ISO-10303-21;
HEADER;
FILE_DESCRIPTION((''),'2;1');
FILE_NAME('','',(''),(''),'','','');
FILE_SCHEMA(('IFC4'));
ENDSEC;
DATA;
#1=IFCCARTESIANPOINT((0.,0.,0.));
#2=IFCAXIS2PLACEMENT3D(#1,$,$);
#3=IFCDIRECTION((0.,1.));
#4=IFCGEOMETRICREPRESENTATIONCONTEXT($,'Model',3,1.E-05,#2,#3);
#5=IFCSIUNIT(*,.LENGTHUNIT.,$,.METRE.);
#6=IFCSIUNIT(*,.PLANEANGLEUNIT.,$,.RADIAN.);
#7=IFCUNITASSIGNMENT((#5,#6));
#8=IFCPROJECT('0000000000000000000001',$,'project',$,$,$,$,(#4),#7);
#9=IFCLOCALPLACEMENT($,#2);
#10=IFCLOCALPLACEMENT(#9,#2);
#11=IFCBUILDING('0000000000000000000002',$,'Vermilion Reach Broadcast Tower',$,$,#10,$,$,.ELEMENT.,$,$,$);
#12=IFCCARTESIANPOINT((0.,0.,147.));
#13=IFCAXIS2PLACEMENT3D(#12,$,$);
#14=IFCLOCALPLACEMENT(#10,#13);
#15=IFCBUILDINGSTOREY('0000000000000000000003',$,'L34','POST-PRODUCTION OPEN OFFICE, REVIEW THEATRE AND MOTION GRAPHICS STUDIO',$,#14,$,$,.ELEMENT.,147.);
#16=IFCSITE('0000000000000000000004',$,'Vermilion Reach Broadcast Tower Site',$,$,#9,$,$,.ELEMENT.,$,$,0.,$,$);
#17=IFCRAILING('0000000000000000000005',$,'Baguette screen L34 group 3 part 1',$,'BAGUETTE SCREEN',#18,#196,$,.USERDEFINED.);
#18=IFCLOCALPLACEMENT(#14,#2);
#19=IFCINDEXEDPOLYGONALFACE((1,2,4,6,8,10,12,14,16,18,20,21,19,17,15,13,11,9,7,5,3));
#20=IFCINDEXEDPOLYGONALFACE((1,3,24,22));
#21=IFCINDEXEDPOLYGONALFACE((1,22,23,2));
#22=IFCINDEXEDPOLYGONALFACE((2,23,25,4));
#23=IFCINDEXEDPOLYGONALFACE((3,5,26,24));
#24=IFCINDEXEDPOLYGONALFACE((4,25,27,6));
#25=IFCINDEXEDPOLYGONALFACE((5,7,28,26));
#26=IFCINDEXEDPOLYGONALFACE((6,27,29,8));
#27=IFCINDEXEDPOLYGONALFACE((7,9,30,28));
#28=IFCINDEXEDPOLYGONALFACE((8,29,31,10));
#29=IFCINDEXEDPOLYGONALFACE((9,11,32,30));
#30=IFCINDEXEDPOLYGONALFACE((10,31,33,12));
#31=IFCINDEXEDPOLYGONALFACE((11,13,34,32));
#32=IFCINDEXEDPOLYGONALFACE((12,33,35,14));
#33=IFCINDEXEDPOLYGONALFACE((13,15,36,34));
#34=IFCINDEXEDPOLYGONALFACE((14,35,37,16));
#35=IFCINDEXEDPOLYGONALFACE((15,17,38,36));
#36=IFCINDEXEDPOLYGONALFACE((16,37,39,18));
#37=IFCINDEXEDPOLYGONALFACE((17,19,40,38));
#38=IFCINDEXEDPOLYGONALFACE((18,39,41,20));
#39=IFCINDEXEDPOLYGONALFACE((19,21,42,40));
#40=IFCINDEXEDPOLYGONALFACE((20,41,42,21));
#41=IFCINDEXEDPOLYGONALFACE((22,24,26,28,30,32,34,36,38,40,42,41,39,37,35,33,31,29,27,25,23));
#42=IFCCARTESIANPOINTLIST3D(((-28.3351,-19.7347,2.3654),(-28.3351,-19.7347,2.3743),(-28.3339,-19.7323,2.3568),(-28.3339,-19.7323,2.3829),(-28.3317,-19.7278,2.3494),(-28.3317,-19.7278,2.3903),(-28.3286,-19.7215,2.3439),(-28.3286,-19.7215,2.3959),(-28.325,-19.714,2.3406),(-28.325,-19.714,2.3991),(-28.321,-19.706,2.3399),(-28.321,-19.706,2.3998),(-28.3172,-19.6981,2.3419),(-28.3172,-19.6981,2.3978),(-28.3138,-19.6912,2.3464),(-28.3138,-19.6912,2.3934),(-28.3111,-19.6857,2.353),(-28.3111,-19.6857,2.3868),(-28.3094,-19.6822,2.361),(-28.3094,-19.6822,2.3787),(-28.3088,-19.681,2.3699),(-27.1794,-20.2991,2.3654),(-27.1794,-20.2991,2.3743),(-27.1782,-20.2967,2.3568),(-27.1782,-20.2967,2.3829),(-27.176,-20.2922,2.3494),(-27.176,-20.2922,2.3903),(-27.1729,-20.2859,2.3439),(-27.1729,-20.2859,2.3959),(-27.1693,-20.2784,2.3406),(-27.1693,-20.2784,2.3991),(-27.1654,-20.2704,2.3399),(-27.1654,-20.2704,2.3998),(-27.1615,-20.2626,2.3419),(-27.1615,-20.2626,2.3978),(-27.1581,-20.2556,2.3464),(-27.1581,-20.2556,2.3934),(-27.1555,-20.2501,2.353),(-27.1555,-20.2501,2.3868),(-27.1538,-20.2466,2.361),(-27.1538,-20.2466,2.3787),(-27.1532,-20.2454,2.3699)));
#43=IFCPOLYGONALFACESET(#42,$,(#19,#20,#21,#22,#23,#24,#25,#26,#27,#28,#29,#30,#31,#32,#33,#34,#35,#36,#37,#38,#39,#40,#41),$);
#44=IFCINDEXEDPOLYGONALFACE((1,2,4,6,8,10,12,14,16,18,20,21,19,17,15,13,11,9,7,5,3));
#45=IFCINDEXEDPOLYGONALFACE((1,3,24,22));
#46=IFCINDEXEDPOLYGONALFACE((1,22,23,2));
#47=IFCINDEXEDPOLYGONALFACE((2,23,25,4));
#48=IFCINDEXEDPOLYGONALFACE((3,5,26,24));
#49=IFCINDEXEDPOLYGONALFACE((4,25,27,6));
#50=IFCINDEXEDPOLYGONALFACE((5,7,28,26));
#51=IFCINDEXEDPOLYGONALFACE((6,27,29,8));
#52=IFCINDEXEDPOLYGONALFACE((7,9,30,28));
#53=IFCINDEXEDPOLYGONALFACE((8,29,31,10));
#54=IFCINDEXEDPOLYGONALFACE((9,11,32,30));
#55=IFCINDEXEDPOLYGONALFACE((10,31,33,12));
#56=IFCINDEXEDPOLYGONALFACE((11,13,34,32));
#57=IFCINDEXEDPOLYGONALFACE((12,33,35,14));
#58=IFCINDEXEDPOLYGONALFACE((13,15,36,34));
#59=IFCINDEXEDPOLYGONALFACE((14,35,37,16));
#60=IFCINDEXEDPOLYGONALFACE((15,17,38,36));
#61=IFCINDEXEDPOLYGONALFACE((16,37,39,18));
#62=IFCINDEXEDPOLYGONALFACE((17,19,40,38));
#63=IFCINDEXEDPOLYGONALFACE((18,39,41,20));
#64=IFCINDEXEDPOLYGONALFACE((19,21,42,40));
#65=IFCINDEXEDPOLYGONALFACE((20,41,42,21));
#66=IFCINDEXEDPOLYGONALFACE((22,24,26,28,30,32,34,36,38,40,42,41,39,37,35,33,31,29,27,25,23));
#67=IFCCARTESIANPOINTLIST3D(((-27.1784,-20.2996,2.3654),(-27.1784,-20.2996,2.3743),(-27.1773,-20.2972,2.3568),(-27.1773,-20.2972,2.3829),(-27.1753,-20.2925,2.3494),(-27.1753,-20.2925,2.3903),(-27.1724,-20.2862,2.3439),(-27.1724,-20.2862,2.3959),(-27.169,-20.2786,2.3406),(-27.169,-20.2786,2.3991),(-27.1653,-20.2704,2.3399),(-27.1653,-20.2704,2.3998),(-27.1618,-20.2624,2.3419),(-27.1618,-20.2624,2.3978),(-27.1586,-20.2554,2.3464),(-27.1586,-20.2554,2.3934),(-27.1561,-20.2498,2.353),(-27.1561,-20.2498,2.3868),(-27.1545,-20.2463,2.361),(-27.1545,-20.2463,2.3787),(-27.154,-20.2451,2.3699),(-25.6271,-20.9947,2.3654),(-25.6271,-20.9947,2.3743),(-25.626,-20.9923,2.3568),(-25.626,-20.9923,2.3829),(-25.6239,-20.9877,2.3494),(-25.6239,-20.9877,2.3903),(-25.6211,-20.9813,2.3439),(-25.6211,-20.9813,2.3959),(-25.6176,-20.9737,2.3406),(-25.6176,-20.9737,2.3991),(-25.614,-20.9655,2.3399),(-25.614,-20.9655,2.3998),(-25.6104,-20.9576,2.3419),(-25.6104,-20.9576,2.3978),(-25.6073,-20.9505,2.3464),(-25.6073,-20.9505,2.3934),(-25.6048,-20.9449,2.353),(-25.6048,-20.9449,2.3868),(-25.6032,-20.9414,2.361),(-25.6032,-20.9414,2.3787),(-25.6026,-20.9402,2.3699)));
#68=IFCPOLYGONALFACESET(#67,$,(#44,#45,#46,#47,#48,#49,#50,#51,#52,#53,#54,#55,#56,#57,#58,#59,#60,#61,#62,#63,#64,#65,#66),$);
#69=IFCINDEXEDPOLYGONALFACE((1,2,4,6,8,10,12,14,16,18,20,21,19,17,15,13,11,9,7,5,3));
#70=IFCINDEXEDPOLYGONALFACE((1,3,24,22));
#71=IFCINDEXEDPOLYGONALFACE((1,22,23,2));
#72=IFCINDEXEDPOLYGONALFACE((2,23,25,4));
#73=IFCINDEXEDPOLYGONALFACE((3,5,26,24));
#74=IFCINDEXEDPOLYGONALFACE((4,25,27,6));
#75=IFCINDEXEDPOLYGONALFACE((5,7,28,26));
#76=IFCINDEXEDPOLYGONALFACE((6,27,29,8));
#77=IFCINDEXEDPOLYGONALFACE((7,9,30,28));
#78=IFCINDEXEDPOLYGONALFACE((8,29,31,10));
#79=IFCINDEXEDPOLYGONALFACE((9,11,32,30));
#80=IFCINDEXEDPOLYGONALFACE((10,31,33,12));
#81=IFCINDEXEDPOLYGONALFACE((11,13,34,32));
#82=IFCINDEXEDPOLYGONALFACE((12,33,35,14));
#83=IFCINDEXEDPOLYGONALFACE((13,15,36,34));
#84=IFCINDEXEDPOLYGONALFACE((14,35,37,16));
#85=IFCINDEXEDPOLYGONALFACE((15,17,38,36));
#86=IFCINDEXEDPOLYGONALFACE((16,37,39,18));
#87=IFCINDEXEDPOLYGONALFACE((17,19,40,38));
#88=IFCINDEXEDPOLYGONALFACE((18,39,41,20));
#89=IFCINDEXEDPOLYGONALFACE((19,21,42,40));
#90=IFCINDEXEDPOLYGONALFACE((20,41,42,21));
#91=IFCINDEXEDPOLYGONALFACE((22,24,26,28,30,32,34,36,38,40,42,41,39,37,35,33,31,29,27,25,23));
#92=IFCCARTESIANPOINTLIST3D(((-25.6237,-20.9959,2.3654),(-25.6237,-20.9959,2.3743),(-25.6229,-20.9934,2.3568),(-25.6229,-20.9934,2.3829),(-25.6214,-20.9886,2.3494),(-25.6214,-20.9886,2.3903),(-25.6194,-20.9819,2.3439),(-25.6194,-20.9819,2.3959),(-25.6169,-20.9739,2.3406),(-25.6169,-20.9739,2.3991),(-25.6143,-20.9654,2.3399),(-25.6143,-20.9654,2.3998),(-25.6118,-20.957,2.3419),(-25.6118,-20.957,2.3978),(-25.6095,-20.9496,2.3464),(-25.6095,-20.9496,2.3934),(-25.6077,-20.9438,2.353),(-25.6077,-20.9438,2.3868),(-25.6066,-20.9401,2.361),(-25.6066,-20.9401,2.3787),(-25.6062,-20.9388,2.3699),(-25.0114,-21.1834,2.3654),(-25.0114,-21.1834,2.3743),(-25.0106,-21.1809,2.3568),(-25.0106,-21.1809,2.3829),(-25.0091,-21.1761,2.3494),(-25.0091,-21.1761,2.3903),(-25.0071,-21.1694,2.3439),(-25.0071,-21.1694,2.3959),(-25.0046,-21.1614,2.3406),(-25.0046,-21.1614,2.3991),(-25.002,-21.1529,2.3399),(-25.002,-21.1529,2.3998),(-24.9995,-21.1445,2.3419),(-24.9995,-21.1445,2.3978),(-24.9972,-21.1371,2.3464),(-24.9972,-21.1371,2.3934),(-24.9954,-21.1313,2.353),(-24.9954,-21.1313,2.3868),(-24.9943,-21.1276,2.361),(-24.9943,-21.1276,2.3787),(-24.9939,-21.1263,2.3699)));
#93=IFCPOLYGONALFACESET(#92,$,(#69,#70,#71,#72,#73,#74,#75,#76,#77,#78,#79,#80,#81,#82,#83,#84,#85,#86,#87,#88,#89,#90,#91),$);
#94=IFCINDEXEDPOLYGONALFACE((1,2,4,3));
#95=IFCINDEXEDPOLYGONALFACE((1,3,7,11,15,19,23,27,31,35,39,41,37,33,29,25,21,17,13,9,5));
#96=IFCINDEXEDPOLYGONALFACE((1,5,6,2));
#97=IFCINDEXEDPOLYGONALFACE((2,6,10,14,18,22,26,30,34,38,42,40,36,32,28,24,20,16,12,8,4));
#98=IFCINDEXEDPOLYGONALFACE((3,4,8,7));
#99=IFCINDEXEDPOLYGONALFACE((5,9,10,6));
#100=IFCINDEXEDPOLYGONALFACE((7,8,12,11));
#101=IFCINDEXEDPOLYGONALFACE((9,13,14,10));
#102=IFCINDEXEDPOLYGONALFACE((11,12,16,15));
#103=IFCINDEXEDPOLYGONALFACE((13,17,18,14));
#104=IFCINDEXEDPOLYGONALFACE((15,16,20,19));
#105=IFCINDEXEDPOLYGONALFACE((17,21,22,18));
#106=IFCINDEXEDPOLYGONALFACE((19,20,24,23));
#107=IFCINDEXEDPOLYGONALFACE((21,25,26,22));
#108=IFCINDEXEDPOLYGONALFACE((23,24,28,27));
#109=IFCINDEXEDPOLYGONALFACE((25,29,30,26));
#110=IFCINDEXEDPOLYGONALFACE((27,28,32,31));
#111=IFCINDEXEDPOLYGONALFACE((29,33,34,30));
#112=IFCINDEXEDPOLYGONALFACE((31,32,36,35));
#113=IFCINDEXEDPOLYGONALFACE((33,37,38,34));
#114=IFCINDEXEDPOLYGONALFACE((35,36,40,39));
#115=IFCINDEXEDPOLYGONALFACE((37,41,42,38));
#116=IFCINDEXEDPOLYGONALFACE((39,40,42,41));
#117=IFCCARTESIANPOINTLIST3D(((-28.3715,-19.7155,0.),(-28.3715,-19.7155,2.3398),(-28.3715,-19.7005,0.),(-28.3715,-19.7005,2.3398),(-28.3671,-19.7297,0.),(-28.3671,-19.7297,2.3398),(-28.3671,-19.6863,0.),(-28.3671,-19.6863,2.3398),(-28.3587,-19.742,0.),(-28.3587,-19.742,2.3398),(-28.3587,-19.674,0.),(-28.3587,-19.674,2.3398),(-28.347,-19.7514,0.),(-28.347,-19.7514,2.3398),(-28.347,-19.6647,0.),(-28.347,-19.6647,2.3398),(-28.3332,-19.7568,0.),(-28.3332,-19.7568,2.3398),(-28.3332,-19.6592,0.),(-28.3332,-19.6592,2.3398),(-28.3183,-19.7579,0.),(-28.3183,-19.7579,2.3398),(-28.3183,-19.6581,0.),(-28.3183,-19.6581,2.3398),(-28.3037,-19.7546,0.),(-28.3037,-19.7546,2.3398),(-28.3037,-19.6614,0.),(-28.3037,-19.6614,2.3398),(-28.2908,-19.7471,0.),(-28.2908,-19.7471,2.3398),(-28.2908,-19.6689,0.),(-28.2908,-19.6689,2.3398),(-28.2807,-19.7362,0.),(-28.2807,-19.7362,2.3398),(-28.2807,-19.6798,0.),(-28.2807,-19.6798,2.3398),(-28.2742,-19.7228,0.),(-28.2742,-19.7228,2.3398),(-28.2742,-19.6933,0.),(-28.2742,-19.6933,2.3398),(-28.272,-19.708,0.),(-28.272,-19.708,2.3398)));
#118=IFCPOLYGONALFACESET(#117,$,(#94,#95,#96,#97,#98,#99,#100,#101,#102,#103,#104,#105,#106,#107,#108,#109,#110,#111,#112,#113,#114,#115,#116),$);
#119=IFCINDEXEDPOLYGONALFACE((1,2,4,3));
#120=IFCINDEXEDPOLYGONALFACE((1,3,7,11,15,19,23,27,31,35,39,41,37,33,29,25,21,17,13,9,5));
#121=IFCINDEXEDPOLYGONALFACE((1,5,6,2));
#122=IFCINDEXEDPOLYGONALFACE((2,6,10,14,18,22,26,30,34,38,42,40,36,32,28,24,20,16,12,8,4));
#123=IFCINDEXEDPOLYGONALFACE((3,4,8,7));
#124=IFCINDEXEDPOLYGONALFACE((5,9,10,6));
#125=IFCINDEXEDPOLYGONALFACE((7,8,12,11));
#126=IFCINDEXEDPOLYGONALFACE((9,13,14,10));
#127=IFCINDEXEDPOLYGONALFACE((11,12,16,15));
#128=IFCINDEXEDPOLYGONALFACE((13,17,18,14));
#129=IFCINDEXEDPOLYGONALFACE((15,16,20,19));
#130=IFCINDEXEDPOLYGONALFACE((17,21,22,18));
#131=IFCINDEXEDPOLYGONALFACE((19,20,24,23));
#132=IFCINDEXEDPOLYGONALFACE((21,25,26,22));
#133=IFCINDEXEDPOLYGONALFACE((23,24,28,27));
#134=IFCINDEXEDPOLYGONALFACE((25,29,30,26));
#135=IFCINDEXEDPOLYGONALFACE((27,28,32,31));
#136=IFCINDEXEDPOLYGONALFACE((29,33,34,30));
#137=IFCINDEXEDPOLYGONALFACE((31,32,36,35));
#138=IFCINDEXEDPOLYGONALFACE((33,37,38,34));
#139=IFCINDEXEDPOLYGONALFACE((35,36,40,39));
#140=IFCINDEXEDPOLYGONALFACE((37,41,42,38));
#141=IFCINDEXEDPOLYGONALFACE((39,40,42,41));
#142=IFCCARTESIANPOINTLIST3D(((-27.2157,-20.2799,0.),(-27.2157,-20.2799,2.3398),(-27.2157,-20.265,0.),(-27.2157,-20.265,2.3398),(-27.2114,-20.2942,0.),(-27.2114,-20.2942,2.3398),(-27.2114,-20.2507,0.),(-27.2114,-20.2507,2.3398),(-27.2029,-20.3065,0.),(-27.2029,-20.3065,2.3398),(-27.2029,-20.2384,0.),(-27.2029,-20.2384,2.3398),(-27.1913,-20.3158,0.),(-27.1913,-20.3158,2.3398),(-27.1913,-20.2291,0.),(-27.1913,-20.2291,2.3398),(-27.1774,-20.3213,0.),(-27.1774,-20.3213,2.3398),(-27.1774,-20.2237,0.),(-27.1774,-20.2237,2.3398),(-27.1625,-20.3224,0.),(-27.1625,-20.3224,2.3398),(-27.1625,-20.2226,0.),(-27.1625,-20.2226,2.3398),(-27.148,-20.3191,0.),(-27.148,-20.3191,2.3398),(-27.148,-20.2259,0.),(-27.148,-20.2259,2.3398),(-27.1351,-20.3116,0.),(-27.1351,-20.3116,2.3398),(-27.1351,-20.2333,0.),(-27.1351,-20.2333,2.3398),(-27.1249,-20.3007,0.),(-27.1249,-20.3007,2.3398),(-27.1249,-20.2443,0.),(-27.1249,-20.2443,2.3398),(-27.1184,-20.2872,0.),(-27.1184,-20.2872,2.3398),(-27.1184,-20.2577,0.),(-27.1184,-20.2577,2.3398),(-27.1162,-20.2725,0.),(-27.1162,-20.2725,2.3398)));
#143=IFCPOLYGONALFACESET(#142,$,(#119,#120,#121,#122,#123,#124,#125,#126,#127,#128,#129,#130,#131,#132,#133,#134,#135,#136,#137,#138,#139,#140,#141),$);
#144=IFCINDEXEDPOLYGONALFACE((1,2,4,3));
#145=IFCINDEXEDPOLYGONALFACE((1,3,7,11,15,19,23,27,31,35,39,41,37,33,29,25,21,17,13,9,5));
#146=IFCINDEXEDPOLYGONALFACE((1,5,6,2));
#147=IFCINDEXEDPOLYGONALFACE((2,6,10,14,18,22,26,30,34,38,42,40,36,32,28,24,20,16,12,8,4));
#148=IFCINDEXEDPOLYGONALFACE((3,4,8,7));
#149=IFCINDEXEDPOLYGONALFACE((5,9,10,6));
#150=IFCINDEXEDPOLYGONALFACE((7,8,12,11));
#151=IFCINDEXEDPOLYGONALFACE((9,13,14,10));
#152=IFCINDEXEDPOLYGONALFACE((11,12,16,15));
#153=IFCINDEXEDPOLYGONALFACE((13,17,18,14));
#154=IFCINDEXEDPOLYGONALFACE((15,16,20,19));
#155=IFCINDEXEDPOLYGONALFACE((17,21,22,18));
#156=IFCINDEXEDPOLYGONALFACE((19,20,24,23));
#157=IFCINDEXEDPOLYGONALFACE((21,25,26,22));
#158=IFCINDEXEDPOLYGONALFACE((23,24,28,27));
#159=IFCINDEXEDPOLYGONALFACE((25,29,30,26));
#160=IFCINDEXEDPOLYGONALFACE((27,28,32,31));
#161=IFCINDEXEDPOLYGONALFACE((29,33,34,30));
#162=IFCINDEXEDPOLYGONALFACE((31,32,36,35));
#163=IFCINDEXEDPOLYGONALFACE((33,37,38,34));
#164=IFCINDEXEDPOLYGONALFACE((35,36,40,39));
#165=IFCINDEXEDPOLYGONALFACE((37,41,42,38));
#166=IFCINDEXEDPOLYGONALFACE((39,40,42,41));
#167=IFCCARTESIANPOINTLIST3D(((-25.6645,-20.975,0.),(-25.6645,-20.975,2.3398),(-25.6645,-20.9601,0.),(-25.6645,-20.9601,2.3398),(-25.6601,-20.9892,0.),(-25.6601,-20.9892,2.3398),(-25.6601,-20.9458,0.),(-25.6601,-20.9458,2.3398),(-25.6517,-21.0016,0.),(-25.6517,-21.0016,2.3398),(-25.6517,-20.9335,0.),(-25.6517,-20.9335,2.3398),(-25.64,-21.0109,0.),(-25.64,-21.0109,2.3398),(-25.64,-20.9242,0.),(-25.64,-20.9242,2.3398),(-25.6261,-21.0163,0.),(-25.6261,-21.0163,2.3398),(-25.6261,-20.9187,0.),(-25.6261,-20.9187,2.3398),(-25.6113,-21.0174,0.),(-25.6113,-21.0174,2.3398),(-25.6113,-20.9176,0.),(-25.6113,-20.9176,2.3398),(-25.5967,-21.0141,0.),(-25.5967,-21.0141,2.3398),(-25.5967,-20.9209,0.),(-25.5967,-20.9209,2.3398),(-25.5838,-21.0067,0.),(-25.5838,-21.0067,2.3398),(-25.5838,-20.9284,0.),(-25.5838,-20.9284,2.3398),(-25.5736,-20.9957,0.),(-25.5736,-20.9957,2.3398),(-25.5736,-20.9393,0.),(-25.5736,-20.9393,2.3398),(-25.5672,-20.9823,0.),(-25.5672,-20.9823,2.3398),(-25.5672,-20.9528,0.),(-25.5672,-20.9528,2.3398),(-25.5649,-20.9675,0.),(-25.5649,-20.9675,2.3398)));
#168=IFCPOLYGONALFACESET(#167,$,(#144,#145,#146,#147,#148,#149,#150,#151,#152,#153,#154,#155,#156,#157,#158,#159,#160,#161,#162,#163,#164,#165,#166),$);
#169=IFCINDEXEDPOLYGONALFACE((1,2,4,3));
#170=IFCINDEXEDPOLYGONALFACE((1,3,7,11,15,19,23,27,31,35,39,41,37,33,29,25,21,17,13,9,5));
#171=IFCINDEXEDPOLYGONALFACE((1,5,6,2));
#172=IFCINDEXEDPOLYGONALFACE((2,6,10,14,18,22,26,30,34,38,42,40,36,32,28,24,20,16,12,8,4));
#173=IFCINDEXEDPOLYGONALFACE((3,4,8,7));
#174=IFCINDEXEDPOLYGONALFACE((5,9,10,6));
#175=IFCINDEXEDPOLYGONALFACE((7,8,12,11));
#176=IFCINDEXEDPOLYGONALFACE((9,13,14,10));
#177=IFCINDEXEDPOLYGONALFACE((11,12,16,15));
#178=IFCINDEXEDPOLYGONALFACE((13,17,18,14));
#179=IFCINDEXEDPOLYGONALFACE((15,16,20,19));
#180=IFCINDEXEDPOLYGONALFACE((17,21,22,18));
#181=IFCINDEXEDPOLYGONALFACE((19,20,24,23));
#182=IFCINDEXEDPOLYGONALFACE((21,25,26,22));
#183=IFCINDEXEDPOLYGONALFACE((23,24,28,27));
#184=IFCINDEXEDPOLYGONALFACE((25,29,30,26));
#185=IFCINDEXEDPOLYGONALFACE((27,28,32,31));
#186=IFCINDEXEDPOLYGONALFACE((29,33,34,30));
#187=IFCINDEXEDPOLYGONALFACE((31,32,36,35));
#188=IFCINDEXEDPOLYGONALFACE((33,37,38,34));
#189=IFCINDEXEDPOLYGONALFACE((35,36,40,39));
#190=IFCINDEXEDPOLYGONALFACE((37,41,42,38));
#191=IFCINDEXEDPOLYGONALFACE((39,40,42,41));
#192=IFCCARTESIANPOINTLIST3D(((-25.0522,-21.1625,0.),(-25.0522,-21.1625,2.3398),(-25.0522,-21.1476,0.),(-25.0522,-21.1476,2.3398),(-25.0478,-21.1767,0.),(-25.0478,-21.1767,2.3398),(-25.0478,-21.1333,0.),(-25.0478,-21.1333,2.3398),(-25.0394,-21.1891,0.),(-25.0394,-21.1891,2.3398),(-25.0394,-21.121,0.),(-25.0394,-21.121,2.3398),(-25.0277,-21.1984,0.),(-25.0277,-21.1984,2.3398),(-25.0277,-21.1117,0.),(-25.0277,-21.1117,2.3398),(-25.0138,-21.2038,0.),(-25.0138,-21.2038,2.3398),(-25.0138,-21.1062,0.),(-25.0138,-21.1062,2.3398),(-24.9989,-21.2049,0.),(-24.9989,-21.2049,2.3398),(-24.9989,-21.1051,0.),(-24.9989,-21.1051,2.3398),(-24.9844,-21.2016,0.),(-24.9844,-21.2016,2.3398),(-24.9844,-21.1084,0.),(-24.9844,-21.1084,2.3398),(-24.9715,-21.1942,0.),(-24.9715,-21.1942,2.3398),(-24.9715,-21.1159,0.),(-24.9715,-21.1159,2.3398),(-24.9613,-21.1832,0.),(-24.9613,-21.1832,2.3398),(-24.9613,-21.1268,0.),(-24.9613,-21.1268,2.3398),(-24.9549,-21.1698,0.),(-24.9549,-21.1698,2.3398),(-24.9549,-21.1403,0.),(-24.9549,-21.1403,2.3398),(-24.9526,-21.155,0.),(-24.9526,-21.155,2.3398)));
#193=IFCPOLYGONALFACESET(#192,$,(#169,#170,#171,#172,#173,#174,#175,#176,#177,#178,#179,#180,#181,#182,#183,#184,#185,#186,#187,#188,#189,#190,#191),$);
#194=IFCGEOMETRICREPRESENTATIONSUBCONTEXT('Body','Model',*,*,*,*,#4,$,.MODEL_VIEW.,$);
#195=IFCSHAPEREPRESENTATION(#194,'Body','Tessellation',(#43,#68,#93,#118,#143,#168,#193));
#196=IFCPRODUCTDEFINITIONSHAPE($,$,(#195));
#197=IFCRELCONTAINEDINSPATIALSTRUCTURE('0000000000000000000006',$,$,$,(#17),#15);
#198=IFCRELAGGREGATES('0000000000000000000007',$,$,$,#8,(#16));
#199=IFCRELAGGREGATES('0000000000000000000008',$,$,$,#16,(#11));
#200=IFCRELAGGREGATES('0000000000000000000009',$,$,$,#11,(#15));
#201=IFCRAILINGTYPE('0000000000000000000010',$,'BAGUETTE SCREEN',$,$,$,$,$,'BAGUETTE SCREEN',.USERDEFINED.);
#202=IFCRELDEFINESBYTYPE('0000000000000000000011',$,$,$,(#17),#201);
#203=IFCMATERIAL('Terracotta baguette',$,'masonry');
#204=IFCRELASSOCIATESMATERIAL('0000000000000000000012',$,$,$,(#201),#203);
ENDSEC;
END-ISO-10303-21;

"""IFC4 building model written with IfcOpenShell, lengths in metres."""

from ifc_helpers import new_model, si_unit, direction, frame, origin, origin_2d, place, context, subcontext, project, spatial, circle, extrude, material, type_object, element, save


model = new_model("IFC4")

# Units and contexts
model_context = context("Model", 3, precision=1e-05, world=origin(), true_north=direction((0.0, 1.0)))
body_context = subcontext(model_context, "Body", "Model", "MODEL_VIEW")
ifc_project = project(units=[si_unit("LENGTHUNIT", "METRE"), si_unit("PLANEANGLEUNIT", "RADIAN")], contexts=[model_context])

# Site, building, storey
site_placement = place(None, origin())
site = spatial("IfcSite", under=ifc_project, at=site_placement, Name="Vermilion Reach Broadcast Tower Site", CompositionType="ELEMENT", RefElevation=0.0)
building_placement = place(site_placement, origin())
building = spatial("IfcBuilding", under=site, at=building_placement, Name="Vermilion Reach Broadcast Tower", CompositionType="ELEMENT")
storey_placement = place(building_placement, frame((0.0, 0.0, 147.0)))
storey = spatial("IfcBuildingStorey", under=building, at=storey_placement, Name="L34", Description="POST-PRODUCTION OPEN OFFICE, REVIEW THEATRE AND MOTION GRAPHICS STUDIO", CompositionType="ELEMENT", Elevation=147.0)

# Railing
ifc_material_1 = material(Name="Terracotta baguette", Category="masonry")
railing_type_1 = type_object("IfcRailingType", Name="BAGUETTE SCREEN", ElementType="BAGUETTE SCREEN", PredefinedType="USERDEFINED", material=ifc_material_1)
railing_1_placement = place(storey_placement, frame((-28.322, -19.708, 0.0)))
element("IfcRailing", 1, at=railing_1_placement, inside=storey, type_object=railing_type_1, Name="Baguette screen L34 group 3 part 1", ObjectType="BAGUETTE SCREEN", PredefinedType="USERDEFINED", context=body_context, shape_type="SweptSolid", body=[
    extrude(circle(Radius=0.03, at=origin_2d()), frame((0.0, 0.0, 2.3699), z_axis=(0.898564, -0.438842, 0.0), x_axis=(0.438842, 0.898564, 0.0)), (0.0, 0.0, 1.0), 1.2861),
    extrude(circle(Radius=0.03, at=origin_2d()), frame((1.1558, -0.5645, 2.3699), z_axis=(0.912581, -0.408895, 0.0), x_axis=(0.408895, 0.912581, 0.0)), (0.0, 0.0, 1.0), 1.7),
    extrude(circle(Radius=0.03, at=origin_2d()), frame((2.707, -1.2595, 2.3699), z_axis=(0.956174, -0.2928, 0.0), x_axis=(0.2928, 0.956174, 0.0)), (0.0, 0.0, 1.0), 0.6404),
    extrude(circle(Radius=0.05, at=origin_2d()), origin(), (0.0, 0.0, 1.0), 2.3398),
    extrude(circle(Radius=0.05, at=origin_2d()), frame((1.1558, -0.5645, 0.0)), (0.0, 0.0, 1.0), 2.3398),
    extrude(circle(Radius=0.05, at=origin_2d()), frame((2.707, -1.2595, 0.0)), (0.0, 0.0, 1.0), 2.3398),
    extrude(circle(Radius=0.05, at=origin_2d()), frame((3.3193, -1.447, 0.0)), (0.0, 0.0, 1.0), 2.3398),
])

save(model, "model.ifc")
